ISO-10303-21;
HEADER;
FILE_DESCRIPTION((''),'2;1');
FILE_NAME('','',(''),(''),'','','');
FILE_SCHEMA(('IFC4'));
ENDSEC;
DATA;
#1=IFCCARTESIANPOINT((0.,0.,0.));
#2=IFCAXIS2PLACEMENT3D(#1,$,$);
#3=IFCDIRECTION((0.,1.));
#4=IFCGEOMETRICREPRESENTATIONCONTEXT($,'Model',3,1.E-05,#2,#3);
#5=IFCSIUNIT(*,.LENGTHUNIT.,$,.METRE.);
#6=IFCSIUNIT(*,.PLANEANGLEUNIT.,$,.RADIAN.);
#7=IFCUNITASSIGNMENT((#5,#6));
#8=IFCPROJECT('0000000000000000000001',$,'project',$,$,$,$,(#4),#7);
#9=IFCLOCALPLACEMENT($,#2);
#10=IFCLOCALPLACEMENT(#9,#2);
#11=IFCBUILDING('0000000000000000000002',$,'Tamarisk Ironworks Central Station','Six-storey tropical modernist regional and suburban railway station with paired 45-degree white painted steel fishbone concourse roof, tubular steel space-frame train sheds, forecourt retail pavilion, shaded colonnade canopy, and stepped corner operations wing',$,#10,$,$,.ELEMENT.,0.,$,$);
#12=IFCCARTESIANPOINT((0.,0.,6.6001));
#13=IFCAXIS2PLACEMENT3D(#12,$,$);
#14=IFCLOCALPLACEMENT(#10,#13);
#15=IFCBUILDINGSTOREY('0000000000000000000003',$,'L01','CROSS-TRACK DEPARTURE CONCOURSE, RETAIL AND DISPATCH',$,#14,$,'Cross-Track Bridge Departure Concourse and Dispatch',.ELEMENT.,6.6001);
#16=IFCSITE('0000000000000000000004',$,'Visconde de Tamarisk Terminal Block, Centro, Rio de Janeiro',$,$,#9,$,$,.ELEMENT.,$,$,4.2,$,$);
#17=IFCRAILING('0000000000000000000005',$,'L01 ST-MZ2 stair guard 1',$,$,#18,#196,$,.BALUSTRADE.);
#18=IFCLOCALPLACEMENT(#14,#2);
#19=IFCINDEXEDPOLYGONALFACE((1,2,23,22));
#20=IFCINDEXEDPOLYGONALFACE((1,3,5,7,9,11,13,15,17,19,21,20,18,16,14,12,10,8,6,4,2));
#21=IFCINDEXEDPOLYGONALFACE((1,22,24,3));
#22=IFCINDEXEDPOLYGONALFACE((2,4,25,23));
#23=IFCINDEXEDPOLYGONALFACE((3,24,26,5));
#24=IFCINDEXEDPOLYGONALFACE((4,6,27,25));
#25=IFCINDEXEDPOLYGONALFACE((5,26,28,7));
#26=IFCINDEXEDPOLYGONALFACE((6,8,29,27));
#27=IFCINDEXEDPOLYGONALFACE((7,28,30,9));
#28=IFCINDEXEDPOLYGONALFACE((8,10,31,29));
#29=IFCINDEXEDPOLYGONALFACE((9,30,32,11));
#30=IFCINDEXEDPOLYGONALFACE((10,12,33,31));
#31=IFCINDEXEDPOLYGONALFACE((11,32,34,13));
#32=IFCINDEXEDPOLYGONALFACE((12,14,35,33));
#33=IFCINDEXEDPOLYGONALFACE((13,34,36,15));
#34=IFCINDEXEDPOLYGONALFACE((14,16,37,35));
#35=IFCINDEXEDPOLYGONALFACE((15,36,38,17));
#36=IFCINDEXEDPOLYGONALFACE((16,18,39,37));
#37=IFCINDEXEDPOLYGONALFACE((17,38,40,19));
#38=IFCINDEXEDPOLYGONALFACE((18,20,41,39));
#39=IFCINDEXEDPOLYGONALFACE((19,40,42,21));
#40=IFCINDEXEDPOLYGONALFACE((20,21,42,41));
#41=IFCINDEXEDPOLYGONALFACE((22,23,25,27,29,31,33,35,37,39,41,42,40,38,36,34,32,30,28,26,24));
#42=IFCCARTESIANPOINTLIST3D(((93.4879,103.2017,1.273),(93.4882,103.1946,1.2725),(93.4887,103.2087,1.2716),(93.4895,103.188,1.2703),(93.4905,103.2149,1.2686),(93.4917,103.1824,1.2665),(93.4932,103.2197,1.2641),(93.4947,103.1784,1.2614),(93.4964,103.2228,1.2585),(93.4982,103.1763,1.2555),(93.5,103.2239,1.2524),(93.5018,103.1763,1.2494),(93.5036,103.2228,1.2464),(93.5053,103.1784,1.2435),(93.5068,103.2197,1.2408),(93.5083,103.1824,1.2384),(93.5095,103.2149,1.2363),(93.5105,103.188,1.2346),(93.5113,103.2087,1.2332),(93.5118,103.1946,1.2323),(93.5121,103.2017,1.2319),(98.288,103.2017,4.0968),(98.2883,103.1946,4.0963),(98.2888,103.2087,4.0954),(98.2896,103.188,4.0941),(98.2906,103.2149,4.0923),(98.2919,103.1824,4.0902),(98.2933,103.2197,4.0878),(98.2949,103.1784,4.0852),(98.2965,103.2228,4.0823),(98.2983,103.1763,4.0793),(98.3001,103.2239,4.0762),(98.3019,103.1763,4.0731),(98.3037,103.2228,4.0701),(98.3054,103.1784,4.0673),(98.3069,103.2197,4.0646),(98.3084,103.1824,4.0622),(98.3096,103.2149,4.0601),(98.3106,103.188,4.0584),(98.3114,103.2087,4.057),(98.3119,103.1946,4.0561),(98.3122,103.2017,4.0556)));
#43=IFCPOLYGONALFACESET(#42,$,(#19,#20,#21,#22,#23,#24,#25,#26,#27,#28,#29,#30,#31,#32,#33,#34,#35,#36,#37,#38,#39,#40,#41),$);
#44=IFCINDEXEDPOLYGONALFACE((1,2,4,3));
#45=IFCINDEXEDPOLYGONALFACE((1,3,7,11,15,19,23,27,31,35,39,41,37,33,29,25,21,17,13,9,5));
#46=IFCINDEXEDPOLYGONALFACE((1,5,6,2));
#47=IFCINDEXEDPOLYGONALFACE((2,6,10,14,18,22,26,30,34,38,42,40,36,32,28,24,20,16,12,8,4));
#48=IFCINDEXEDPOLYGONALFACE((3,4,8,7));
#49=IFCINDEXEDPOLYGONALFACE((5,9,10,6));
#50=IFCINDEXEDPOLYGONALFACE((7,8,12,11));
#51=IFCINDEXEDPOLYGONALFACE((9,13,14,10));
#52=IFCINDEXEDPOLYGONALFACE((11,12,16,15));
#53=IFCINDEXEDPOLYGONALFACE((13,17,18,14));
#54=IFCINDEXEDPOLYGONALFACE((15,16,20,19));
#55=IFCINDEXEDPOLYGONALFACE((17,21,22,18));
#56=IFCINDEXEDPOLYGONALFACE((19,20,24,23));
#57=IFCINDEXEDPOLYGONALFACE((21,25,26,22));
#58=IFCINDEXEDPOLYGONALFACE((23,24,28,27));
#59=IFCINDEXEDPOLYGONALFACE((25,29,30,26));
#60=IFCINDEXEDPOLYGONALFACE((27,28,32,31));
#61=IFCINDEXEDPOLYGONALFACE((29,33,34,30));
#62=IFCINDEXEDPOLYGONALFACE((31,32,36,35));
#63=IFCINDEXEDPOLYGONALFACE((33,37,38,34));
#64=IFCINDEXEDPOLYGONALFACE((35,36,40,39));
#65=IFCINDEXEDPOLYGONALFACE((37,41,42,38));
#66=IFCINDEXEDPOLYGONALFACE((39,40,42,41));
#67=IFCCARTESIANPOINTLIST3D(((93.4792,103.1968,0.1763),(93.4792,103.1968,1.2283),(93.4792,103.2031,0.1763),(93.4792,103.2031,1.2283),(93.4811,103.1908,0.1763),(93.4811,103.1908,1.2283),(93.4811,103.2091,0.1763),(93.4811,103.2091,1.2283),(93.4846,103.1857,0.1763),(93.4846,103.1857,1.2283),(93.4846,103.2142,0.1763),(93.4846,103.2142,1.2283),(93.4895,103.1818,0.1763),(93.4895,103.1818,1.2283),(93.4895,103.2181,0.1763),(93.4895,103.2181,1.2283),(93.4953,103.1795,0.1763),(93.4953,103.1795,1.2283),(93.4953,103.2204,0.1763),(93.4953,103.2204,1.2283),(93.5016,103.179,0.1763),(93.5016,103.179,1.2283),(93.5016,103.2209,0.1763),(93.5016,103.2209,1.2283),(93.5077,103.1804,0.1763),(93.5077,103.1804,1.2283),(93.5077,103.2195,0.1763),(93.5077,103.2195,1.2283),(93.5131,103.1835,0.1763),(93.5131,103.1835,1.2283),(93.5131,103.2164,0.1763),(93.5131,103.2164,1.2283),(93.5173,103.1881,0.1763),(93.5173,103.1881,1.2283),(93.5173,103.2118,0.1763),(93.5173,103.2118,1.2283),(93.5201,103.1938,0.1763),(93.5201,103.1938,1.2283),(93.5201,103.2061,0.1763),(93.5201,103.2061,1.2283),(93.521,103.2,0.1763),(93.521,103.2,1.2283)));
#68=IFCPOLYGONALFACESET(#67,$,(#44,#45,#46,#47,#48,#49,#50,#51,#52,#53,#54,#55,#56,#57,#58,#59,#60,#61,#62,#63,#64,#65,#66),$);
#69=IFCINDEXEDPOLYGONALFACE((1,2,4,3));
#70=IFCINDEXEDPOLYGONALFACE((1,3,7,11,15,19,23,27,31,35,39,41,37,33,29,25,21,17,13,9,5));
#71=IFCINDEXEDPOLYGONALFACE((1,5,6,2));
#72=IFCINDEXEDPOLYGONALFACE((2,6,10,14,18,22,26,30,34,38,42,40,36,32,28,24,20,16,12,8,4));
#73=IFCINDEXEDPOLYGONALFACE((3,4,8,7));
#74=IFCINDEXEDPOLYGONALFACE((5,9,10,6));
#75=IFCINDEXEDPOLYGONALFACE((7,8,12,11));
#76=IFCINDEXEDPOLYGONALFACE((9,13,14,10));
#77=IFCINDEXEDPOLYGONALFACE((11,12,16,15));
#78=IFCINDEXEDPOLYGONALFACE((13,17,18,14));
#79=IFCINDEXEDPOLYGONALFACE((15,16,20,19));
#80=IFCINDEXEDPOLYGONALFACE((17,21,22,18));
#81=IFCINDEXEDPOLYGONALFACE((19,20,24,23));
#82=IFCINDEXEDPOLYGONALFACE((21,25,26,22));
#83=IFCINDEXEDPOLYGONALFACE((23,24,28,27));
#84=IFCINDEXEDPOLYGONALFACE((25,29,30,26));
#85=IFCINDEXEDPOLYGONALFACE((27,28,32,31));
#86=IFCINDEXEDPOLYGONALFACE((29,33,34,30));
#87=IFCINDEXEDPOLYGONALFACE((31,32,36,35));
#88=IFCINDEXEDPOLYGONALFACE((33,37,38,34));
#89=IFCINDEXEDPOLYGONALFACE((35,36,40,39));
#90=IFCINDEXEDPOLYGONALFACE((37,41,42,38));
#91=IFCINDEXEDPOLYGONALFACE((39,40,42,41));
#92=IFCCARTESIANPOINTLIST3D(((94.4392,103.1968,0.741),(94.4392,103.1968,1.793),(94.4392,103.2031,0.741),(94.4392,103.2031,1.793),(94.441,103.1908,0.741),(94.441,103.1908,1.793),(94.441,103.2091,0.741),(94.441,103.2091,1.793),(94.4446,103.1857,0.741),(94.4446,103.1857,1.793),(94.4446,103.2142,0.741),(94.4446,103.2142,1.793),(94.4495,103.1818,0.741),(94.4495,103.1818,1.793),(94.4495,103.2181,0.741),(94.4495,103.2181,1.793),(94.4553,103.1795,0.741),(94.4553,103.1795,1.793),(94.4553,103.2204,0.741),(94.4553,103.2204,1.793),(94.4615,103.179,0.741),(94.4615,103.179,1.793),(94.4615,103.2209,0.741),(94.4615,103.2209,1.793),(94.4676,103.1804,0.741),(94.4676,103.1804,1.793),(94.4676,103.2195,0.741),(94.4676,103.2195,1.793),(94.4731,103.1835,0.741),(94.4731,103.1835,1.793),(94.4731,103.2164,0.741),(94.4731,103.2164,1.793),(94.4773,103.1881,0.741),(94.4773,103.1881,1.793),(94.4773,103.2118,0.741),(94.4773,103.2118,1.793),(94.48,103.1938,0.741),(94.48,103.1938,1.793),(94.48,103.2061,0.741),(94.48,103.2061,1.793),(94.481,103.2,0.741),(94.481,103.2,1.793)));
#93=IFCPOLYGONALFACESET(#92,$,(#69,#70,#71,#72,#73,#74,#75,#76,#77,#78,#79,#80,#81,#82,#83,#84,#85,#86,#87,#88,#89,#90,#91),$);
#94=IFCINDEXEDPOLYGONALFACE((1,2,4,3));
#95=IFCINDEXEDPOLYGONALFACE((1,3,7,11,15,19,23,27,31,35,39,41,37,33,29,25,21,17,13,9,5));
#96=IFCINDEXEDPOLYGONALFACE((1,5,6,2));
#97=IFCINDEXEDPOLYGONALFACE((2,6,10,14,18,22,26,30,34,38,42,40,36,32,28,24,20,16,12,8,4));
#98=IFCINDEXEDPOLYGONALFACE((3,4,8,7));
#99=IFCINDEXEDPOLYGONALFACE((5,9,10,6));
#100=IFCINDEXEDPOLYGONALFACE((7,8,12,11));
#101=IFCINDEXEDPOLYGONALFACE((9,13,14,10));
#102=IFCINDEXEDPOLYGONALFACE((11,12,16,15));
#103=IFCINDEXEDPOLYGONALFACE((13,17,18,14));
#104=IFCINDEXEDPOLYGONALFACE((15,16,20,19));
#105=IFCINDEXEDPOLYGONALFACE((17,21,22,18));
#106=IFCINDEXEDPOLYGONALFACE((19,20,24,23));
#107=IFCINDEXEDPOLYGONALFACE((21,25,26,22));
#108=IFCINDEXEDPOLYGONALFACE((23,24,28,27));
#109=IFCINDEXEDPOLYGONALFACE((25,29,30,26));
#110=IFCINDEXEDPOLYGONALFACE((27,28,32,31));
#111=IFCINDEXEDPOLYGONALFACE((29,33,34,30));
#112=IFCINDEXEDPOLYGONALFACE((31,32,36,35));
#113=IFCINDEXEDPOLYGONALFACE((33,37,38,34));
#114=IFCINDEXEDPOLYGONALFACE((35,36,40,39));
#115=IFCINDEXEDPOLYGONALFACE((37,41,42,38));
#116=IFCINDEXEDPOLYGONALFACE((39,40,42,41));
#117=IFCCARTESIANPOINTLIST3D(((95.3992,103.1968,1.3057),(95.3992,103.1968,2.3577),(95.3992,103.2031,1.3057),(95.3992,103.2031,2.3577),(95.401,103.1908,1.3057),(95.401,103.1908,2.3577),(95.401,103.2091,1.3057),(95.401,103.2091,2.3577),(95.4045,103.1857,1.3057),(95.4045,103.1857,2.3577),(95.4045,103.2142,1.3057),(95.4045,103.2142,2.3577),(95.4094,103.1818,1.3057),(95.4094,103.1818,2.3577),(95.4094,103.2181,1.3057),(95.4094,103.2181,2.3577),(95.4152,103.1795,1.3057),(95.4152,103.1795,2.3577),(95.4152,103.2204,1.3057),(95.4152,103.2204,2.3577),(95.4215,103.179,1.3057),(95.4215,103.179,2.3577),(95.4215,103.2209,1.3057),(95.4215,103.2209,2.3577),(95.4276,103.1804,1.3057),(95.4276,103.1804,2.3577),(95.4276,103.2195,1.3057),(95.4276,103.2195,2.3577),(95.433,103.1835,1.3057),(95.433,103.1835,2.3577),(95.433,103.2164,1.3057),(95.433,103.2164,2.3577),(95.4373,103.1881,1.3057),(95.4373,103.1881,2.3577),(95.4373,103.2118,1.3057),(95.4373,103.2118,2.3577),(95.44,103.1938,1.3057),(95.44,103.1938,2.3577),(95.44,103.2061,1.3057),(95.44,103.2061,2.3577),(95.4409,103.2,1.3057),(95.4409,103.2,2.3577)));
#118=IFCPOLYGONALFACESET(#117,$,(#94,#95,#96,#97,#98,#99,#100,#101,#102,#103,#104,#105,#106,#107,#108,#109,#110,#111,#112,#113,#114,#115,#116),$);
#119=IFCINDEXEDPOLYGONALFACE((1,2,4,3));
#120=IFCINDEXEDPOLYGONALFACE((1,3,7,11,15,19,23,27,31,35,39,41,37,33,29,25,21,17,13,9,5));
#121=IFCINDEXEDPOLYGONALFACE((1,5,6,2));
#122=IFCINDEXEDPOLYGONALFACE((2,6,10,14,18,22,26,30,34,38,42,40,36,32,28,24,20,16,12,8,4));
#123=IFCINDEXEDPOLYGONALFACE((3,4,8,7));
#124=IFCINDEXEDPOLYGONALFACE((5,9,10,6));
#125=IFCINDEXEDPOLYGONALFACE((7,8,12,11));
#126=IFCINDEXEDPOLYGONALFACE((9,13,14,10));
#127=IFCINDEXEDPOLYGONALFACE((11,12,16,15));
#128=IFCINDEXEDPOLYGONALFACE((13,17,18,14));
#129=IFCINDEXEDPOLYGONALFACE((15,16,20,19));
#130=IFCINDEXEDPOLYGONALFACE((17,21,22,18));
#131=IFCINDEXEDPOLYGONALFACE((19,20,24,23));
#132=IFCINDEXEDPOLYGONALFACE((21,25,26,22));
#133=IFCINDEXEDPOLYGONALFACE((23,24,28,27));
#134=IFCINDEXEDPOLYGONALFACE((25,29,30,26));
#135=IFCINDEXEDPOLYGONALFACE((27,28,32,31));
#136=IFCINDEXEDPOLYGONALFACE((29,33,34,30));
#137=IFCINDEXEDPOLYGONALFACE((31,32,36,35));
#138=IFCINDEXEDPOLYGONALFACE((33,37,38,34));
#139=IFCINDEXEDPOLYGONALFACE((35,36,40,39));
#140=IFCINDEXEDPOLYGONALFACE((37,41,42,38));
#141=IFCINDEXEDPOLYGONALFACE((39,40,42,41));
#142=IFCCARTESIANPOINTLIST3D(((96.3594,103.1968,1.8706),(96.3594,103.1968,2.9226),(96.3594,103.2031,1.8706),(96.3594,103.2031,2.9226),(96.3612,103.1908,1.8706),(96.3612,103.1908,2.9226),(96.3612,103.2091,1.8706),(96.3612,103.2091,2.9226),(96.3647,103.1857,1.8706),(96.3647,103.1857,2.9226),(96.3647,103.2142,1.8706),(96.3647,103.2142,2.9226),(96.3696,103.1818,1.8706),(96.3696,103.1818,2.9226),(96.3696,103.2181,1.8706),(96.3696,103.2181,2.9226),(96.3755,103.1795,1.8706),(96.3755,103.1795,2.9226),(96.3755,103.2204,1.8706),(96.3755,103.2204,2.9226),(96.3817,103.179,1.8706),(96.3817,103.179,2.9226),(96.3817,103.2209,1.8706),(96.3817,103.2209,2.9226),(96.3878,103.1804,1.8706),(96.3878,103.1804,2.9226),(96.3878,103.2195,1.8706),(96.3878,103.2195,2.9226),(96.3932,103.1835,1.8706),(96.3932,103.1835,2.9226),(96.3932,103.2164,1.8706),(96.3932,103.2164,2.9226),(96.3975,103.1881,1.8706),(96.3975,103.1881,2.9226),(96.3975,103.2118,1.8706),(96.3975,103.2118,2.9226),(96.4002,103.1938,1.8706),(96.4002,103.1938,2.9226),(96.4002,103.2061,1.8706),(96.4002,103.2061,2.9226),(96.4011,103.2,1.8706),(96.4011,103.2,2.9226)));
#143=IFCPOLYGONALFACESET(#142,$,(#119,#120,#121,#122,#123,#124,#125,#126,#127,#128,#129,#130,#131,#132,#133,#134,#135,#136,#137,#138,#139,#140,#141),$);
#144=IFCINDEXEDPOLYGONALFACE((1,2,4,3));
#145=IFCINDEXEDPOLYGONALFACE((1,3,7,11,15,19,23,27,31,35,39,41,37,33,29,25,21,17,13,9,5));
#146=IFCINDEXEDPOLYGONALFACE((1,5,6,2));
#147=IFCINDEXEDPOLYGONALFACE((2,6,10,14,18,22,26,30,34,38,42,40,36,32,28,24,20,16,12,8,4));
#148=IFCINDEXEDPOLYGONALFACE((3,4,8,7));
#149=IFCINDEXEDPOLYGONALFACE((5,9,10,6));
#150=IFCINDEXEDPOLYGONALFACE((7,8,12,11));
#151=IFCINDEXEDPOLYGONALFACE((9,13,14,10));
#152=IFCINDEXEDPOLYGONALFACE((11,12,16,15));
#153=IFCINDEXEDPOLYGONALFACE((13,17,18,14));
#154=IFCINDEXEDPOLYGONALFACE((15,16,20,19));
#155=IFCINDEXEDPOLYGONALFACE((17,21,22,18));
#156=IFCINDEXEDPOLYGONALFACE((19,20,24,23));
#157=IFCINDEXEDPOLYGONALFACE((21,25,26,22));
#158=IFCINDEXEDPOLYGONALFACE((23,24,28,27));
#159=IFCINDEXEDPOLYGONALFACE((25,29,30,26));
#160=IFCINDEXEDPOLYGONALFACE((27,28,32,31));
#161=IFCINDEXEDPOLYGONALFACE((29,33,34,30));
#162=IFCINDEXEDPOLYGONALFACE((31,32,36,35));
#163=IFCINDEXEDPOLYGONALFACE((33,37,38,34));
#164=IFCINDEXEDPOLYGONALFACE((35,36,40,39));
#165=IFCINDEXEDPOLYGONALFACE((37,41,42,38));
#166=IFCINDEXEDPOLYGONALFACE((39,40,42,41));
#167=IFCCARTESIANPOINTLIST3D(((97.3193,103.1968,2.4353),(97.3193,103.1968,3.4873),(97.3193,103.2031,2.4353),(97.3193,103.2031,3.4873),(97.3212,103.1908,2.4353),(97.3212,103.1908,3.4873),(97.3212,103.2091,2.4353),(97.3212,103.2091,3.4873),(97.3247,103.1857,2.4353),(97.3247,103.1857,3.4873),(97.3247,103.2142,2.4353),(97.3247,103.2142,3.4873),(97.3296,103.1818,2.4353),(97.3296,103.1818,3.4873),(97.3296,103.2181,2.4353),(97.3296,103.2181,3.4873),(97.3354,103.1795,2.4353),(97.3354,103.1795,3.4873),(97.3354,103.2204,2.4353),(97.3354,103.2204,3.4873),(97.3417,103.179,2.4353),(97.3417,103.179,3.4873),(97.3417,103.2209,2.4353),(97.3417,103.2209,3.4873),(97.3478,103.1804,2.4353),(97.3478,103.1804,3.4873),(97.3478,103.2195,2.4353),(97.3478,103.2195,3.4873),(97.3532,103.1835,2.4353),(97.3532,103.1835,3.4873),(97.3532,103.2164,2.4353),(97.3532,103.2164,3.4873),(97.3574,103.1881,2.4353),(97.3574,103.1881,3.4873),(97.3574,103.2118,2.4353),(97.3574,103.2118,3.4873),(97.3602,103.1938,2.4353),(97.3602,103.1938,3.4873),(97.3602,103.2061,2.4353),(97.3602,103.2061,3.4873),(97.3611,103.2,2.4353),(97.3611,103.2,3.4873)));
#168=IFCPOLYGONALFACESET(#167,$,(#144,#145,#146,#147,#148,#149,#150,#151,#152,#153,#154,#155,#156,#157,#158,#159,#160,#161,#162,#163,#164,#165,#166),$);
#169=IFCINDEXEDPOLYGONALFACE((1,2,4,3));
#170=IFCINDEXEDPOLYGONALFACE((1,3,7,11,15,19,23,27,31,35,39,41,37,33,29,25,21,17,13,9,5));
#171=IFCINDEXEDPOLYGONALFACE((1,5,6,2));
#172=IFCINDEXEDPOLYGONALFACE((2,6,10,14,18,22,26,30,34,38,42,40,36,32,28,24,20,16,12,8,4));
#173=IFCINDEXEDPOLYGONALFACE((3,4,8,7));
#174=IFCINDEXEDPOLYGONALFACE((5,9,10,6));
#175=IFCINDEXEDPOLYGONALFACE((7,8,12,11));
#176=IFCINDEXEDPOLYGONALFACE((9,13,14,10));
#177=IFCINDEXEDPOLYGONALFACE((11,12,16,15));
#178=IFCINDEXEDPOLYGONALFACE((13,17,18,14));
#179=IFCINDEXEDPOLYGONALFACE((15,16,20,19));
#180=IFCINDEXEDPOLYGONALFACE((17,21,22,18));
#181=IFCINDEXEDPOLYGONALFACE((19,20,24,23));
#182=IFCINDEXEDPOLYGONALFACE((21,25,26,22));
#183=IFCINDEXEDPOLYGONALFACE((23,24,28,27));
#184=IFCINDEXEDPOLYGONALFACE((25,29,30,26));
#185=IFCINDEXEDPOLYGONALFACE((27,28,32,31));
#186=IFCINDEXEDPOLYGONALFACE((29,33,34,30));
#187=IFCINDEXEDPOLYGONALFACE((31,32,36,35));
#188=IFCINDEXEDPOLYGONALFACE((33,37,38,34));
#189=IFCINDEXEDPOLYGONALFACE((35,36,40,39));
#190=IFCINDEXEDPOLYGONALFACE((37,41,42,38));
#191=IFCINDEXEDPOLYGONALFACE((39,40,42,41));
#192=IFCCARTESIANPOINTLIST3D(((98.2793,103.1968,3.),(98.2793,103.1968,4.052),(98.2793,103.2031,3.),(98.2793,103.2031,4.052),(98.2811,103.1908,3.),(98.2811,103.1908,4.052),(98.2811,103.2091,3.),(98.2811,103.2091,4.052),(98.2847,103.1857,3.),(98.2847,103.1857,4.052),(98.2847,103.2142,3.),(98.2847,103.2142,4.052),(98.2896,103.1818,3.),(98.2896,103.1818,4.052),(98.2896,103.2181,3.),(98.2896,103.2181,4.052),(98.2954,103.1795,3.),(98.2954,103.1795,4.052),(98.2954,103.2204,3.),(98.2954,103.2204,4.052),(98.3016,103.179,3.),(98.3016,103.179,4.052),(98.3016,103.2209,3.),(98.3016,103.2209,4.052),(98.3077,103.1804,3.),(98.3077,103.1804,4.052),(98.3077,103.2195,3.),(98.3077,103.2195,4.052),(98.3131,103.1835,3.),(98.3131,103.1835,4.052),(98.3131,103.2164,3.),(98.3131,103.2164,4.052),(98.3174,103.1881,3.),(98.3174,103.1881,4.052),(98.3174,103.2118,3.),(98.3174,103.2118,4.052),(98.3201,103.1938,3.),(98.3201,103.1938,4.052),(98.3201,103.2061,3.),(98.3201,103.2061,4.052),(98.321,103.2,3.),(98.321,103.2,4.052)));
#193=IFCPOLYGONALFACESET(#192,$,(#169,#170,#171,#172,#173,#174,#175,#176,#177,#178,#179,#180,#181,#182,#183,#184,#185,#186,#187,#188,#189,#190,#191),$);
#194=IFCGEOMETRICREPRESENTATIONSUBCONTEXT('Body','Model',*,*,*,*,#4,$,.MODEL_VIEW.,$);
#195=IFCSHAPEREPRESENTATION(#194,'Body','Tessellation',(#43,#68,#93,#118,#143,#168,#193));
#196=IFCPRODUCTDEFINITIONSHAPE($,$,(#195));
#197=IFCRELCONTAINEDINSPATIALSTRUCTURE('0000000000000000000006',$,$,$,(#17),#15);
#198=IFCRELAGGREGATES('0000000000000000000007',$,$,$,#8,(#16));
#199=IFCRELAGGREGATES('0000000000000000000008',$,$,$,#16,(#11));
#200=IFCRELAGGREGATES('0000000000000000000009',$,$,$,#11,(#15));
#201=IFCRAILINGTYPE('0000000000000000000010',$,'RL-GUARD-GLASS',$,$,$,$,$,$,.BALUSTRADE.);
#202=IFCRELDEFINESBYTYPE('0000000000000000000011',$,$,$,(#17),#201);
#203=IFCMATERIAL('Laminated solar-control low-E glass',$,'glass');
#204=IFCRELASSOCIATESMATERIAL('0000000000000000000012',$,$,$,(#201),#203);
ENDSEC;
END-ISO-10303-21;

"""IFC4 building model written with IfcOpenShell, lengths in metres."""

from ifc_helpers import new_model, si_unit, direction, frame, origin, origin_2d, place, context, subcontext, project, spatial, circle, extrude, material, type_object, element, save


model = new_model("IFC4")

# Units and contexts
model_context = context("Model", 3, precision=1e-05, world=origin(), true_north=direction((0.0, 1.0)))
body_context = subcontext(model_context, "Body", "Model", "MODEL_VIEW")
ifc_project = project(units=[si_unit("LENGTHUNIT", "METRE"), si_unit("PLANEANGLEUNIT", "RADIAN")], contexts=[model_context])

# Site, building, storey
site_placement = place(None, origin())
site = spatial("IfcSite", under=ifc_project, at=site_placement, Name="Visconde de Tamarisk Terminal Block, Centro, Rio de Janeiro", CompositionType="ELEMENT", RefElevation=4.2)
building_placement = place(site_placement, origin())
building = spatial("IfcBuilding", under=site, at=building_placement, Name="Tamarisk Ironworks Central Station", Description="Six-storey tropical modernist regional and suburban railway station with paired 45-degree white painted steel fishbone concourse roof, tubular steel space-frame train sheds, forecourt retail pavilion, shaded colonnade canopy, and stepped corner operations wing", CompositionType="ELEMENT", ElevationOfRefHeight=0.0)
storey_placement = place(building_placement, frame((0.0, 0.0, 6.6001)))
storey = spatial("IfcBuildingStorey", under=building, at=storey_placement, Name="L01", Description="CROSS-TRACK DEPARTURE CONCOURSE, RETAIL AND DISPATCH", LongName="Cross-Track Bridge Departure Concourse and Dispatch", CompositionType="ELEMENT", Elevation=6.6001)

# Shared definitions
ifc_material_1 = material(Name="Laminated solar-control low-E glass", Category="glass")

# Railing
railing_type_1 = type_object("IfcRailingType", Name="RL-GUARD-GLASS", PredefinedType="BALUSTRADE", material=ifc_material_1)
railing_1_placement = place(storey_placement, frame((93.5, 103.2, 0.1763)))
element("IfcRailing", 1, at=railing_1_placement, inside=storey, type_object=railing_type_1, Name="L01 ST-MZ2 stair guard 1", PredefinedType="BALUSTRADE", context=body_context, shape_type="SweptSolid", body=[
    extrude(circle(Radius=0.0239, at=origin_2d()), frame((0.0, 0.0, 1.0762), z_axis=(0.861921, 0.0, 0.507043), x_axis=(0.0, 1.0, 0.0)), (0.0, 0.0, 1.0), 5.5691),
    extrude(circle(Radius=0.021, at=origin_2d()), origin(), (0.0, 0.0, 1.0), 1.052),
    extrude(circle(Radius=0.021, at=origin_2d()), frame((0.96, 0.0, 0.5647)), (0.0, 0.0, 1.0), 1.052),
    extrude(circle(Radius=0.021, at=origin_2d()), frame((1.9199, 0.0, 1.1294)), (0.0, 0.0, 1.0), 1.052),
    extrude(circle(Radius=0.021, at=origin_2d()), frame((2.8801, 0.0, 1.6943)), (0.0, 0.0, 1.0), 1.052),
    extrude(circle(Radius=0.021, at=origin_2d()), frame((3.8401, 0.0, 2.259)), (0.0, 0.0, 1.0), 1.052),
    extrude(circle(Radius=0.021, at=origin_2d()), frame((4.8, 0.0, 2.8237)), (0.0, 0.0, 1.0), 1.052),
])

save(model, "model.ifc")
